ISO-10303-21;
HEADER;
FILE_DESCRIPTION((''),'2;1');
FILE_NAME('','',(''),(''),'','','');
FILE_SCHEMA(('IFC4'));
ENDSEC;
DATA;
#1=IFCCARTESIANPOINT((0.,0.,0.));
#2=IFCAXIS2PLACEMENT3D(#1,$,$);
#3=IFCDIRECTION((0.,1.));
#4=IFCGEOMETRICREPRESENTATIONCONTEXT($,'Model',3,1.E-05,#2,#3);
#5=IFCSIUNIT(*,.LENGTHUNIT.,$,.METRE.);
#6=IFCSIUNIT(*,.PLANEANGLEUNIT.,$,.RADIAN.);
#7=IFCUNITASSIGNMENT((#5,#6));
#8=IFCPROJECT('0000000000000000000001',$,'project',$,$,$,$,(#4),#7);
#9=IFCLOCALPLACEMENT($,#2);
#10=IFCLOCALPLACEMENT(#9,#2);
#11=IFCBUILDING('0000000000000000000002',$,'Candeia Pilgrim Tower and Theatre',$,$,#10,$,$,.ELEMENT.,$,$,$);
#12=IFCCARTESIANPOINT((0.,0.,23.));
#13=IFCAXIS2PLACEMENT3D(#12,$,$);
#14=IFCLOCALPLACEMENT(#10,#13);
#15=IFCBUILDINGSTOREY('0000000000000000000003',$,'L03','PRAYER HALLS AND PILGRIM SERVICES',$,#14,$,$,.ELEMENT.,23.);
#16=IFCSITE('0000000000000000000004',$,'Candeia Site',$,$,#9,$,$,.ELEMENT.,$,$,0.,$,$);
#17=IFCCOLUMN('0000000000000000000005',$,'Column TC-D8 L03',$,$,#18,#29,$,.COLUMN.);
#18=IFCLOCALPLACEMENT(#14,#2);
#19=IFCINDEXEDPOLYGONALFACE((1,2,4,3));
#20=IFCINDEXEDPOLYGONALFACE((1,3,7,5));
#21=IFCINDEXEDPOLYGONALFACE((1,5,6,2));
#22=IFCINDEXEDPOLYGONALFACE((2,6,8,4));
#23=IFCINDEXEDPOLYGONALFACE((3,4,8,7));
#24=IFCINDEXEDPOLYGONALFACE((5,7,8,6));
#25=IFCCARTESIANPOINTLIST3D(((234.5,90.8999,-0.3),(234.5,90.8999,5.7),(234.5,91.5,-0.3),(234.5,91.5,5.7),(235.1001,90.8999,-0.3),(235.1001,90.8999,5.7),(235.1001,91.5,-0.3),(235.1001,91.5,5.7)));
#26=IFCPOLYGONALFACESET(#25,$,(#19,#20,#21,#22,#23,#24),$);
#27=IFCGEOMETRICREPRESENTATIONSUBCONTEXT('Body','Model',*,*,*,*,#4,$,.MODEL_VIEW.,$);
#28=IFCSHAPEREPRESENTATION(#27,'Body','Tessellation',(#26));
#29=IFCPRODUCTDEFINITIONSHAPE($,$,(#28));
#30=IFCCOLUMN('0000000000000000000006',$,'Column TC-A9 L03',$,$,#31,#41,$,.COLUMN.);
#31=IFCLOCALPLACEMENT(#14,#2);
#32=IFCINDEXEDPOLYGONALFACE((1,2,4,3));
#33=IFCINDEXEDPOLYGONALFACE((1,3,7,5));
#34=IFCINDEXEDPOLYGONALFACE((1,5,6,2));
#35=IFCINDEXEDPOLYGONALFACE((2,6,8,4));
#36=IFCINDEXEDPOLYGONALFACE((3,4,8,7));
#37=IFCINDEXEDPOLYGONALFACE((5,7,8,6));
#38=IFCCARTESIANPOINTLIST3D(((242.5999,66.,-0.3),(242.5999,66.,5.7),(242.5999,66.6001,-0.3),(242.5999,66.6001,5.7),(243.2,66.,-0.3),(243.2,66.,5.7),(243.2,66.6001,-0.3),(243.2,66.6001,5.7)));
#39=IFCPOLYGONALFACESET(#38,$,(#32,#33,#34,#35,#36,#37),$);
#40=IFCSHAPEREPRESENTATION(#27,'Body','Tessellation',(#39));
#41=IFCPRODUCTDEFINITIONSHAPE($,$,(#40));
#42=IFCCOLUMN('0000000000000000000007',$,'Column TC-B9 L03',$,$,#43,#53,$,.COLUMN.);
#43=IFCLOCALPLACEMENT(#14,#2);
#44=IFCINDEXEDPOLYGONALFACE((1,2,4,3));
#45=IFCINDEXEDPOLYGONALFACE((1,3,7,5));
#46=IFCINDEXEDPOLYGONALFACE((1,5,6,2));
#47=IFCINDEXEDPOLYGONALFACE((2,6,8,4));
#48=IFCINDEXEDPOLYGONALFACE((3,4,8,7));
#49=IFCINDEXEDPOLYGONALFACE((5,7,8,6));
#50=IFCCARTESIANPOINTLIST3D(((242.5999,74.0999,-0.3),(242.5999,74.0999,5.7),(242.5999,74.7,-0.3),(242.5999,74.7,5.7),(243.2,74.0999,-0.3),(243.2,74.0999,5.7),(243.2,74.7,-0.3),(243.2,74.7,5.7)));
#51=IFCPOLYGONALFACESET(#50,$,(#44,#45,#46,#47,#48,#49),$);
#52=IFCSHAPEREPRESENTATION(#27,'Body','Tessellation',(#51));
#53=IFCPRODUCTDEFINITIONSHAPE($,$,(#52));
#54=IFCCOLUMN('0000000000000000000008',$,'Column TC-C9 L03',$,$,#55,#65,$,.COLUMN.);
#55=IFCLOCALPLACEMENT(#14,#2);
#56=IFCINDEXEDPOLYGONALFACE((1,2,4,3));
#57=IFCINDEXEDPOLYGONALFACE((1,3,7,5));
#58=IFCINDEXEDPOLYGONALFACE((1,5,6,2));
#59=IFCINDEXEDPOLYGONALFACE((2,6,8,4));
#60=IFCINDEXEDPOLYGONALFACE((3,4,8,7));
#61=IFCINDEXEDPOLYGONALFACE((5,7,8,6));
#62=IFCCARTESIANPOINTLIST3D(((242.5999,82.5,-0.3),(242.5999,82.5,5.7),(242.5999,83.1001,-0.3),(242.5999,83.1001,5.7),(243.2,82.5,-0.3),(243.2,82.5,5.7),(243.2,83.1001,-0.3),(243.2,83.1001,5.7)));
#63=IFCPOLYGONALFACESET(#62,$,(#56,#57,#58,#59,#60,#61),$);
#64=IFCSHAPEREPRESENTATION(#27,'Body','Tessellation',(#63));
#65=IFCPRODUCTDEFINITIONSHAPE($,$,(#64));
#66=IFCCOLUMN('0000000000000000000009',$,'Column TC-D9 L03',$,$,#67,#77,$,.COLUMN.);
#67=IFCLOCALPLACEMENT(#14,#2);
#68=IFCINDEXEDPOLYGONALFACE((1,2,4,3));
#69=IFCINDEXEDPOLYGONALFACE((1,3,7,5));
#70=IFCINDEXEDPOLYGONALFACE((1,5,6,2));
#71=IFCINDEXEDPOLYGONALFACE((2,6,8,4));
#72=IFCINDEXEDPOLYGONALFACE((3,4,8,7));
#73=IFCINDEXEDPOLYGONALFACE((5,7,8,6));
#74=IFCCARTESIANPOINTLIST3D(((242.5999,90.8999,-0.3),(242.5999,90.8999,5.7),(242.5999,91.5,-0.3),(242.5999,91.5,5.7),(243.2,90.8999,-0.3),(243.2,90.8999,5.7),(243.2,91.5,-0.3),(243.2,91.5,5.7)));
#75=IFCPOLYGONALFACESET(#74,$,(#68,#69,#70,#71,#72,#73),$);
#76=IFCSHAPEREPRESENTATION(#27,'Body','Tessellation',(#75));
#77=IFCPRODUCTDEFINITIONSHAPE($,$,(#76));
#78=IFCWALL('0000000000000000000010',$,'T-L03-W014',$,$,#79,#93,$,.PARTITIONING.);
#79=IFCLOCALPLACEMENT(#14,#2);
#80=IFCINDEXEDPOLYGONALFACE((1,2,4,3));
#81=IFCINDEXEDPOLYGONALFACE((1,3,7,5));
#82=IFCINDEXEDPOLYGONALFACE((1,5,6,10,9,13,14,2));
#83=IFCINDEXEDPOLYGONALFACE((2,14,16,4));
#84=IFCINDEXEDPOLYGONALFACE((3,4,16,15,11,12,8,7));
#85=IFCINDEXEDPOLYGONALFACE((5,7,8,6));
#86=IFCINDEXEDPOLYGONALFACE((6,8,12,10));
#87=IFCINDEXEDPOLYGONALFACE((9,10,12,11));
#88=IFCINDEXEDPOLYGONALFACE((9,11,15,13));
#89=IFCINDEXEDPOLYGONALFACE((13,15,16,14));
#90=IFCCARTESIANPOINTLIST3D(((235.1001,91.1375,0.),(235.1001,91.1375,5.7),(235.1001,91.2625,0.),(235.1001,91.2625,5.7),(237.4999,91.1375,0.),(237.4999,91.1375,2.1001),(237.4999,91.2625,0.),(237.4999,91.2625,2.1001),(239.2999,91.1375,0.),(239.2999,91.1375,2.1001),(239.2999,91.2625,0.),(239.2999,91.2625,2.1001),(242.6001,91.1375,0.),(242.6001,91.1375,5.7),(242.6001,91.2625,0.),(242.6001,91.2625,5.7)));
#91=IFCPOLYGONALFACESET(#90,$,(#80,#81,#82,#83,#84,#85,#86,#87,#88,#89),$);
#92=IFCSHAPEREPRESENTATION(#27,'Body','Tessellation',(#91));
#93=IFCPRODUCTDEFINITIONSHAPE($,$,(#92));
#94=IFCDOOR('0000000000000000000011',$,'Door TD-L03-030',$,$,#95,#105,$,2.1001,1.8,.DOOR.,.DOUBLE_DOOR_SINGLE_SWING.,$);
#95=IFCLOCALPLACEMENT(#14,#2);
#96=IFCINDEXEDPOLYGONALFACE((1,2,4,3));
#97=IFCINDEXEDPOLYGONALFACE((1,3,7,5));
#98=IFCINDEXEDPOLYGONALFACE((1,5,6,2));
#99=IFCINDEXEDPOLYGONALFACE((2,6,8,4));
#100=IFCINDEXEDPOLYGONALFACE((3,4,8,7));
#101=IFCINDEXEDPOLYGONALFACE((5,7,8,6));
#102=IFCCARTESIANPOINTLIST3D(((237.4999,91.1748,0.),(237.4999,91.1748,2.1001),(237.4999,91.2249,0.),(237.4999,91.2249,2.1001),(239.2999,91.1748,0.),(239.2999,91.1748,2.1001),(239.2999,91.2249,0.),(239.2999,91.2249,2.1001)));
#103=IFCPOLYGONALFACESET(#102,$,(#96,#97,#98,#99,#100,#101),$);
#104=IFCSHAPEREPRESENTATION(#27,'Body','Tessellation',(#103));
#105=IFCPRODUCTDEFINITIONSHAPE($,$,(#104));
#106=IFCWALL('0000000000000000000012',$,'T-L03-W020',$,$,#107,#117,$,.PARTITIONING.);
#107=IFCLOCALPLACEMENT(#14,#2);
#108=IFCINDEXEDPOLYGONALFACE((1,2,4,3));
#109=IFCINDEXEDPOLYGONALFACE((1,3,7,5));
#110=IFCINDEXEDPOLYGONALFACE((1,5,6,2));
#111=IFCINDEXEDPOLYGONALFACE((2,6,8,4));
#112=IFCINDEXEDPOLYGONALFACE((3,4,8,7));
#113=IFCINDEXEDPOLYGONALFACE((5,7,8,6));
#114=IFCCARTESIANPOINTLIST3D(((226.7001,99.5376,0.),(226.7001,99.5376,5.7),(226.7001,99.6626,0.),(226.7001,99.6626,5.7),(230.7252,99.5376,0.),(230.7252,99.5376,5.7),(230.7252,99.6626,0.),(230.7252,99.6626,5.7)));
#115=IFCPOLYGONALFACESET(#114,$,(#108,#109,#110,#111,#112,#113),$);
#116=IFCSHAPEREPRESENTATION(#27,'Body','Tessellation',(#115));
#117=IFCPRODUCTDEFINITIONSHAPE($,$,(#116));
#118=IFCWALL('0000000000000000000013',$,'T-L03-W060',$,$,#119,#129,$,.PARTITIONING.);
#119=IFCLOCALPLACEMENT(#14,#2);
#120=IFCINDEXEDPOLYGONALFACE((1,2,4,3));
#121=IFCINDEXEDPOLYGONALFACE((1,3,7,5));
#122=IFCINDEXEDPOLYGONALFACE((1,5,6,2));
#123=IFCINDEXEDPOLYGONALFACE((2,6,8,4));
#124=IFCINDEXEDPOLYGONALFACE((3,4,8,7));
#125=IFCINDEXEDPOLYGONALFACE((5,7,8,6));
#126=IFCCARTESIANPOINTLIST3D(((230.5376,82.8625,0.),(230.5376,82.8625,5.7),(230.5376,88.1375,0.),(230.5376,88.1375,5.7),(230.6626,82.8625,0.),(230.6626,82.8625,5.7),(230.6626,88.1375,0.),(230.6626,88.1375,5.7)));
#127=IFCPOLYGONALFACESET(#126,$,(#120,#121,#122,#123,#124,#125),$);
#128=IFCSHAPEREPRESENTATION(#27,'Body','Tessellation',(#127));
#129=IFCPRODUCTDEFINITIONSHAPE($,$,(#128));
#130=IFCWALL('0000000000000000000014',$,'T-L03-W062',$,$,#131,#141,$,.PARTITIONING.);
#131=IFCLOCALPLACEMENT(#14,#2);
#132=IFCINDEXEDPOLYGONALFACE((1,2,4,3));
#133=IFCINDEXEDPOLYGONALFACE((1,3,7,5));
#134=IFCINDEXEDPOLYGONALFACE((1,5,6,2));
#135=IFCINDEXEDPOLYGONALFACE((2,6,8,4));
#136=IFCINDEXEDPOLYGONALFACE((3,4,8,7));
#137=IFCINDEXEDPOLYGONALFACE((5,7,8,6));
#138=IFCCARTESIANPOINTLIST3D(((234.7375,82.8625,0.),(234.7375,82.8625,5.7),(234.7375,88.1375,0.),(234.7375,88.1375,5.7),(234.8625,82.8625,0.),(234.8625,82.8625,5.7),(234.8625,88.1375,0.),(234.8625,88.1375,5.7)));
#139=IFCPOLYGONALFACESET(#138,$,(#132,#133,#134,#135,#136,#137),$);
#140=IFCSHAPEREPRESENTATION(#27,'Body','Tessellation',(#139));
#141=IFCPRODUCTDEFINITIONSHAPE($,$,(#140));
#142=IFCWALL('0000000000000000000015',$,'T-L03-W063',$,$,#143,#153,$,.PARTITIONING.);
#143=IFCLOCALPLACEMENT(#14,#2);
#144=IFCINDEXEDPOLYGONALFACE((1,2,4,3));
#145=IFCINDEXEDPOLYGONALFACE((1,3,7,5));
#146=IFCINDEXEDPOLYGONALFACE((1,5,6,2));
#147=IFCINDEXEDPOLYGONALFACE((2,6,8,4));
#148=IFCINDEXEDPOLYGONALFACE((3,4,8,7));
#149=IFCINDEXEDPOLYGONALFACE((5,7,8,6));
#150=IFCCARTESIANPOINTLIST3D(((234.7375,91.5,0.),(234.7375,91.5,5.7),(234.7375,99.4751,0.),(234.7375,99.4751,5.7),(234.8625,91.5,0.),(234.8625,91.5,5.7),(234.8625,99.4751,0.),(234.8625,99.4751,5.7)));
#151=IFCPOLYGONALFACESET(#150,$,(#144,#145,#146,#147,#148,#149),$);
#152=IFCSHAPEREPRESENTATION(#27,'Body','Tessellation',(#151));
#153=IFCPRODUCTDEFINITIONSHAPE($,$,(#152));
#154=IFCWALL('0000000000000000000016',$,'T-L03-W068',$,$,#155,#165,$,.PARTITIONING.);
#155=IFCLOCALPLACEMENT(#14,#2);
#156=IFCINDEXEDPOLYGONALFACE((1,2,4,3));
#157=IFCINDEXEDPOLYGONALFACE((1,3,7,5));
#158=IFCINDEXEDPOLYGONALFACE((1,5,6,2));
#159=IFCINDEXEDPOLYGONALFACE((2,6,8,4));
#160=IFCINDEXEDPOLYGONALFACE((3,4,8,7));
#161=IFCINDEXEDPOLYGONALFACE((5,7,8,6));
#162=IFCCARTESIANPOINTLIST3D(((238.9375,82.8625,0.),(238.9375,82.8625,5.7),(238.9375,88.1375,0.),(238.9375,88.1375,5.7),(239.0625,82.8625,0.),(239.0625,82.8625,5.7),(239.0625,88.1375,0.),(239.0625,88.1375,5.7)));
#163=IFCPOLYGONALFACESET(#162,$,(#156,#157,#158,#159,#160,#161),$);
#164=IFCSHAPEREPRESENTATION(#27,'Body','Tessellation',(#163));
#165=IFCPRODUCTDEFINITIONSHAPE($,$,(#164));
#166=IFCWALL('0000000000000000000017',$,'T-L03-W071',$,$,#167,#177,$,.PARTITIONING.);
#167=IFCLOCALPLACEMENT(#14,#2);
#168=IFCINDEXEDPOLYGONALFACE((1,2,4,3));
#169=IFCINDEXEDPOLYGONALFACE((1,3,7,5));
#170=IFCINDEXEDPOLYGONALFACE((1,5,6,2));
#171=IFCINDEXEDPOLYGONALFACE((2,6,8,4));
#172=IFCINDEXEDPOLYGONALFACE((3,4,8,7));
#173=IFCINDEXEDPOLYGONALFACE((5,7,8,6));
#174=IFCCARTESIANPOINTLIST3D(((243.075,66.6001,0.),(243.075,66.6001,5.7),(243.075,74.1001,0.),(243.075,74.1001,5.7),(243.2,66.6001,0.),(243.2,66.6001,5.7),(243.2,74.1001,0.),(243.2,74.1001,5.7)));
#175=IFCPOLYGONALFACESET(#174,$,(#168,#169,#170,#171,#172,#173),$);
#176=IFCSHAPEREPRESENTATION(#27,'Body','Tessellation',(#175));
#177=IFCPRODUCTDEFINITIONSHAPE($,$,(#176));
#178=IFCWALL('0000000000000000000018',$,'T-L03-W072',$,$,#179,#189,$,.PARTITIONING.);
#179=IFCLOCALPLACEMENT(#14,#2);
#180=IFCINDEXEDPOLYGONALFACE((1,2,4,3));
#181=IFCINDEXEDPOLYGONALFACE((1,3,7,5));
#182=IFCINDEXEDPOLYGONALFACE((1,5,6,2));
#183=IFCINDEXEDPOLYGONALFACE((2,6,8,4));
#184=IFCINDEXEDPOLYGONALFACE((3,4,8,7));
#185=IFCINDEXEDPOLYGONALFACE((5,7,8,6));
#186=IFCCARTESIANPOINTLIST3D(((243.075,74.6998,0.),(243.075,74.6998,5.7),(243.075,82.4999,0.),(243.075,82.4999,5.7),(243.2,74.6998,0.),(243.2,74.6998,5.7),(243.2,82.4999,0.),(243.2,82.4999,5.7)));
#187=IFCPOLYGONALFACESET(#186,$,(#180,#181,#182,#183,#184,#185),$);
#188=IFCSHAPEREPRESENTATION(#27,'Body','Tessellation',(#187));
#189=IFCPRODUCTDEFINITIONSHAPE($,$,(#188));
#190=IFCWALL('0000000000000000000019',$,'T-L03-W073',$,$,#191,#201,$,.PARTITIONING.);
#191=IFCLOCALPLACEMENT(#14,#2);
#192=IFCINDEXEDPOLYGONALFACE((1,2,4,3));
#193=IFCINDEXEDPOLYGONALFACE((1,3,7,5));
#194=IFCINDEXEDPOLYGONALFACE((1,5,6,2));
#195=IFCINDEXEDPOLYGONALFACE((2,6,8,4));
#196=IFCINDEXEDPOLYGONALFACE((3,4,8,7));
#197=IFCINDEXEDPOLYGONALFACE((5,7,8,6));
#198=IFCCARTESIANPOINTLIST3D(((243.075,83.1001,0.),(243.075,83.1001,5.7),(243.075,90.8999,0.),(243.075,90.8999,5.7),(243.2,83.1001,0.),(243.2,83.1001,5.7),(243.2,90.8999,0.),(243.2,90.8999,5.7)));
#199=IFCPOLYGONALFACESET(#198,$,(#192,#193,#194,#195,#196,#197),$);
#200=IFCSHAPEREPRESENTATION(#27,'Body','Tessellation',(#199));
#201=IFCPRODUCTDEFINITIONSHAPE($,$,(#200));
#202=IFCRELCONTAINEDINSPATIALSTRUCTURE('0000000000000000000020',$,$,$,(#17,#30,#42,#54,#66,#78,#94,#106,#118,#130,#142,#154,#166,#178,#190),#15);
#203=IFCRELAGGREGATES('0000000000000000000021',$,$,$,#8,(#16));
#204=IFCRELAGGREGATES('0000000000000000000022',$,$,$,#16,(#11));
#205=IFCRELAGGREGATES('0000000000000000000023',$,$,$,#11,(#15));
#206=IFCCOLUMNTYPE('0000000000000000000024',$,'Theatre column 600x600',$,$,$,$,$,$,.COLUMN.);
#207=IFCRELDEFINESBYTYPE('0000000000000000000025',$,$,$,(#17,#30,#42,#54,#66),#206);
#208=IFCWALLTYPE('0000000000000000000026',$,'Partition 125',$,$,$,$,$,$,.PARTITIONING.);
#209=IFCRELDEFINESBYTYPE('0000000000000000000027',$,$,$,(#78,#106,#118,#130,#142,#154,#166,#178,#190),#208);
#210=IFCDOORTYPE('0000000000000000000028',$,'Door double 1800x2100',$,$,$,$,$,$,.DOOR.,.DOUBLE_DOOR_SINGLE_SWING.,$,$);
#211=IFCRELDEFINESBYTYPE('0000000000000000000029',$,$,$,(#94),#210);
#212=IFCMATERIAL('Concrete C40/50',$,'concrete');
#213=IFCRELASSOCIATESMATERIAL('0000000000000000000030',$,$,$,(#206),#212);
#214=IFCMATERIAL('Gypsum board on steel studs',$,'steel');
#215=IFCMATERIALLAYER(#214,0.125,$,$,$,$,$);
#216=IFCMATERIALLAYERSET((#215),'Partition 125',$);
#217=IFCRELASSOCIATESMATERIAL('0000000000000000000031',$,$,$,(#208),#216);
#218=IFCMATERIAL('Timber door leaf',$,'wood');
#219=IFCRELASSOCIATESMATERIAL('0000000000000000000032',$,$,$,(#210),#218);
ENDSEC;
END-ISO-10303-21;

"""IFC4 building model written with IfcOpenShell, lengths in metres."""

from ifc_helpers import new_model, si_unit, direction, frame, frame_2d, origin, origin_2d, place, context, subcontext, project, spatial, rectangle, extrude, material, layer, layer_set, material_profile, profile_set, type_object, element, fill, save


model = new_model("IFC4")

# Units and contexts
model_context = context("Model", 3, precision=1e-05, world=origin(), true_north=direction((0.0, 1.0)))
body_context = subcontext(model_context, "Body", "Model", "MODEL_VIEW")
ifc_project = project(units=[si_unit("LENGTHUNIT", "METRE"), si_unit("PLANEANGLEUNIT", "RADIAN")], contexts=[model_context])

# Site, building, storey
site_placement = place(None, origin())
site = spatial("IfcSite", under=ifc_project, at=site_placement, Name="Candeia Site", CompositionType="ELEMENT", RefElevation=0.0)
building_placement = place(site_placement, origin())
building = spatial("IfcBuilding", under=site, at=building_placement, Name="Candeia Pilgrim Tower and Theatre", CompositionType="ELEMENT")
storey_placement = place(building_placement, frame((0.0, 0.0, 23.0)))
storey = spatial("IfcBuildingStorey", under=building, at=storey_placement, Name="L03", Description="PRAYER HALLS AND PILGRIM SERVICES", CompositionType="ELEMENT", Elevation=23.0)

# Columns
ifc_material_1 = material(Name="Concrete C40/50", Category="concrete")
ifc_material_profile = material_profile(ifc_material_1, rectangle(XDim=0.6001, YDim=0.6001, at=origin_2d()))
ifc_profile_set = profile_set([ifc_material_profile], Name="Concrete C40/50")
column_type = type_object("IfcColumnType", Name="Theatre column 600x600", PredefinedType="COLUMN", material=ifc_profile_set)
for number, where, z_axis, x_axis, name in (
    (1, (234.8, 91.2, -0.3), (0.0, 0.0, 1.0), (1.0, 0.0, 0.0), "Column TC-D8 L03"),
    (2, (242.8999, 66.3, -0.3), (0.0, 0.0, 1.0), (1.0, 0.0, 0.0), "Column TC-A9 L03"),
    (3, (242.8999, 74.3999, -0.3), (0.0, 0.0, 1.0), (1.0, 0.0, 0.0), "Column TC-B9 L03"),
    (4, (242.8999, 82.8, -0.3), (0.0, 0.0, 1.0), (1.0, 0.0, 0.0), "Column TC-C9 L03"),
    (5, (242.8999, 91.2, -0.3), (0.0, 0.0, 1.0), (1.0, 0.0, 0.0), "Column TC-D9 L03"),
):
    element("IfcColumn", number, at=place(storey_placement, frame(where, z_axis=z_axis, x_axis=x_axis)), inside=storey, type_object=column_type, Name=name, PredefinedType="COLUMN", context=body_context, shape_type="SweptSolid", body=[
        extrude(rectangle(XDim=0.6001, YDim=0.6001, at=origin_2d()), origin(), (0.0, 0.0, 1.0), 6.0),
    ])

# Wall, opening, door
ifc_material_2 = material(Name="Gypsum board on steel studs", Category="steel")
ifc_layer = layer(ifc_material_2, 0.125)
ifc_layer_set = layer_set([ifc_layer], Name="Partition 125")
wall_type = type_object("IfcWallType", Name="Partition 125", PredefinedType="PARTITIONING", material=ifc_layer_set)
wall_1_placement = place(storey_placement, frame((235.1001, 91.2, 0.0), z_axis=(0.0, 0.0, 1.0), x_axis=(1.0, 0.0, 0.0)))
wall_1 = element("IfcWall", 6, at=wall_1_placement, inside=storey, type_object=wall_type, Name="T-L03-W014", PredefinedType="PARTITIONING", context=body_context, shape_type="SweptSolid", body=[
    extrude(rectangle(XDim=7.5, YDim=0.125, at=frame_2d((3.75, 0.0))), origin(), (0.0, 0.0, 1.0), 5.7),
])
opening_placement = place(wall_1_placement, frame((2.3999, 0.0, 0.0)))
opening = element("IfcOpeningElement", 7, at=opening_placement, cuts=wall_1, PredefinedType="OPENING", context=body_context, shape_type="SweptSolid", body=[
    extrude(rectangle(XDim=1.8, YDim=2.1001, at=frame_2d((0.8999, 1.05))), frame((0.0, 0.0725, 0.0), z_axis=(0.0, -1.0, 0.0), x_axis=(1.0, 0.0, 0.0)), (0.0, 0.0, 1.0), 0.145),
])
ifc_material_3 = material(Name="Timber door leaf", Category="wood")
door_type = type_object("IfcDoorType", Name="Door double 1800x2100", OperationType="DOUBLE_DOOR_SINGLE_SWING", PredefinedType="DOOR", material=ifc_material_3)
door_placement = place(opening_placement, origin())
door = element("IfcDoor", 8, at=door_placement, inside=storey, type_object=door_type, Name="Door TD-L03-030", OperationType="DOUBLE_DOOR_SINGLE_SWING", OverallHeight=2.1001, OverallWidth=1.8, PredefinedType="DOOR", context=body_context, shape_type="SweptSolid", body=[
    extrude(rectangle(XDim=1.8, YDim=2.1001, at=frame_2d((0.8999, 1.05))), frame((0.0, 0.0249, 0.0), z_axis=(0.0, -1.0, 0.0), x_axis=(1.0, 0.0, 0.0)), (0.0, 0.0, 1.0), 0.05),
])
fill(opening, door)

# Walls
wall_2_placement = place(storey_placement, frame((226.7, 99.6001, 0.0), z_axis=(0.0, 0.0, 1.0), x_axis=(1.0, 0.0, 0.0)))
element("IfcWall", 9, at=wall_2_placement, inside=storey, type_object=wall_type, Name="T-L03-W020", PredefinedType="PARTITIONING", context=body_context, shape_type="SweptSolid", body=[
    extrude(rectangle(XDim=4.0251, YDim=0.125, at=frame_2d((2.0127, 0.0))), origin(), (0.0, 0.0, 1.0), 5.7),
])
for number, where, z_axis, x_axis, name in (
    (10, (230.6001, 82.8625, 0.0), (0.0, 0.0, 1.0), (0.0, 1.0, 0.0), "T-L03-W060"),
    (11, (234.8, 82.8625, 0.0), (0.0, 0.0, 1.0), (0.0, 1.0, 0.0), "T-L03-W062"),
):
    element("IfcWall", number, at=place(storey_placement, frame(where, z_axis=z_axis, x_axis=x_axis)), inside=storey, type_object=wall_type, Name=name, PredefinedType="PARTITIONING", context=body_context, shape_type="SweptSolid", body=[
        extrude(rectangle(XDim=5.2749, YDim=0.125, at=frame_2d((2.6375, 0.0))), origin(), (0.0, 0.0, 1.0), 5.7),
    ])
wall_3_placement = place(storey_placement, frame((234.8, 91.5, 0.0), z_axis=(0.0, 0.0, 1.0), x_axis=(0.0, 1.0, 0.0)))
element("IfcWall", 12, at=wall_3_placement, inside=storey, type_object=wall_type, Name="T-L03-W063", PredefinedType="PARTITIONING", context=body_context, shape_type="SweptSolid", body=[
    extrude(rectangle(XDim=7.9751, YDim=0.125, at=frame_2d((3.9875, 0.0))), origin(), (0.0, 0.0, 1.0), 5.7),
])
wall_4_placement = place(storey_placement, frame((239.0, 82.8625, 0.0), z_axis=(0.0, 0.0, 1.0), x_axis=(0.0, 1.0, 0.0)))
element("IfcWall", 13, at=wall_4_placement, inside=storey, type_object=wall_type, Name="T-L03-W068", PredefinedType="PARTITIONING", context=body_context, shape_type="SweptSolid", body=[
    extrude(rectangle(XDim=5.2749, YDim=0.125, at=frame_2d((2.6375, 0.0))), origin(), (0.0, 0.0, 1.0), 5.7),
])
wall_5_placement = place(storey_placement, frame((243.1375, 66.6001, 0.0), z_axis=(0.0, 0.0, 1.0), x_axis=(0.0, 1.0, 0.0)))
element("IfcWall", 14, at=wall_5_placement, inside=storey, type_object=wall_type, Name="T-L03-W071", PredefinedType="PARTITIONING", context=body_context, shape_type="SweptSolid", body=[
    extrude(rectangle(XDim=7.5, YDim=0.125, at=frame_2d((3.75, 0.0))), origin(), (0.0, 0.0, 1.0), 5.7),
])
wall_6_placement = place(storey_placement, frame((243.1375, 74.7, 0.0), z_axis=(0.0, 0.0, 1.0), x_axis=(0.0, 1.0, 0.0)))
element("IfcWall", 15, at=wall_6_placement, inside=storey, type_object=wall_type, Name="T-L03-W072", PredefinedType="PARTITIONING", context=body_context, shape_type="SweptSolid", body=[
    extrude(rectangle(XDim=7.8, YDim=0.125, at=frame_2d((3.8999, 0.0))), origin(), (0.0, 0.0, 1.0), 5.7),
])
wall_7_placement = place(storey_placement, frame((243.1375, 83.1001, 0.0), z_axis=(0.0, 0.0, 1.0), x_axis=(0.0, 1.0, 0.0)))
element("IfcWall", 16, at=wall_7_placement, inside=storey, type_object=wall_type, Name="T-L03-W073", PredefinedType="PARTITIONING", context=body_context, shape_type="SweptSolid", body=[
    extrude(rectangle(XDim=7.7998, YDim=0.125, at=frame_2d((3.8999, 0.0))), origin(), (0.0, 0.0, 1.0), 5.7),
])

save(model, "model.ifc")
